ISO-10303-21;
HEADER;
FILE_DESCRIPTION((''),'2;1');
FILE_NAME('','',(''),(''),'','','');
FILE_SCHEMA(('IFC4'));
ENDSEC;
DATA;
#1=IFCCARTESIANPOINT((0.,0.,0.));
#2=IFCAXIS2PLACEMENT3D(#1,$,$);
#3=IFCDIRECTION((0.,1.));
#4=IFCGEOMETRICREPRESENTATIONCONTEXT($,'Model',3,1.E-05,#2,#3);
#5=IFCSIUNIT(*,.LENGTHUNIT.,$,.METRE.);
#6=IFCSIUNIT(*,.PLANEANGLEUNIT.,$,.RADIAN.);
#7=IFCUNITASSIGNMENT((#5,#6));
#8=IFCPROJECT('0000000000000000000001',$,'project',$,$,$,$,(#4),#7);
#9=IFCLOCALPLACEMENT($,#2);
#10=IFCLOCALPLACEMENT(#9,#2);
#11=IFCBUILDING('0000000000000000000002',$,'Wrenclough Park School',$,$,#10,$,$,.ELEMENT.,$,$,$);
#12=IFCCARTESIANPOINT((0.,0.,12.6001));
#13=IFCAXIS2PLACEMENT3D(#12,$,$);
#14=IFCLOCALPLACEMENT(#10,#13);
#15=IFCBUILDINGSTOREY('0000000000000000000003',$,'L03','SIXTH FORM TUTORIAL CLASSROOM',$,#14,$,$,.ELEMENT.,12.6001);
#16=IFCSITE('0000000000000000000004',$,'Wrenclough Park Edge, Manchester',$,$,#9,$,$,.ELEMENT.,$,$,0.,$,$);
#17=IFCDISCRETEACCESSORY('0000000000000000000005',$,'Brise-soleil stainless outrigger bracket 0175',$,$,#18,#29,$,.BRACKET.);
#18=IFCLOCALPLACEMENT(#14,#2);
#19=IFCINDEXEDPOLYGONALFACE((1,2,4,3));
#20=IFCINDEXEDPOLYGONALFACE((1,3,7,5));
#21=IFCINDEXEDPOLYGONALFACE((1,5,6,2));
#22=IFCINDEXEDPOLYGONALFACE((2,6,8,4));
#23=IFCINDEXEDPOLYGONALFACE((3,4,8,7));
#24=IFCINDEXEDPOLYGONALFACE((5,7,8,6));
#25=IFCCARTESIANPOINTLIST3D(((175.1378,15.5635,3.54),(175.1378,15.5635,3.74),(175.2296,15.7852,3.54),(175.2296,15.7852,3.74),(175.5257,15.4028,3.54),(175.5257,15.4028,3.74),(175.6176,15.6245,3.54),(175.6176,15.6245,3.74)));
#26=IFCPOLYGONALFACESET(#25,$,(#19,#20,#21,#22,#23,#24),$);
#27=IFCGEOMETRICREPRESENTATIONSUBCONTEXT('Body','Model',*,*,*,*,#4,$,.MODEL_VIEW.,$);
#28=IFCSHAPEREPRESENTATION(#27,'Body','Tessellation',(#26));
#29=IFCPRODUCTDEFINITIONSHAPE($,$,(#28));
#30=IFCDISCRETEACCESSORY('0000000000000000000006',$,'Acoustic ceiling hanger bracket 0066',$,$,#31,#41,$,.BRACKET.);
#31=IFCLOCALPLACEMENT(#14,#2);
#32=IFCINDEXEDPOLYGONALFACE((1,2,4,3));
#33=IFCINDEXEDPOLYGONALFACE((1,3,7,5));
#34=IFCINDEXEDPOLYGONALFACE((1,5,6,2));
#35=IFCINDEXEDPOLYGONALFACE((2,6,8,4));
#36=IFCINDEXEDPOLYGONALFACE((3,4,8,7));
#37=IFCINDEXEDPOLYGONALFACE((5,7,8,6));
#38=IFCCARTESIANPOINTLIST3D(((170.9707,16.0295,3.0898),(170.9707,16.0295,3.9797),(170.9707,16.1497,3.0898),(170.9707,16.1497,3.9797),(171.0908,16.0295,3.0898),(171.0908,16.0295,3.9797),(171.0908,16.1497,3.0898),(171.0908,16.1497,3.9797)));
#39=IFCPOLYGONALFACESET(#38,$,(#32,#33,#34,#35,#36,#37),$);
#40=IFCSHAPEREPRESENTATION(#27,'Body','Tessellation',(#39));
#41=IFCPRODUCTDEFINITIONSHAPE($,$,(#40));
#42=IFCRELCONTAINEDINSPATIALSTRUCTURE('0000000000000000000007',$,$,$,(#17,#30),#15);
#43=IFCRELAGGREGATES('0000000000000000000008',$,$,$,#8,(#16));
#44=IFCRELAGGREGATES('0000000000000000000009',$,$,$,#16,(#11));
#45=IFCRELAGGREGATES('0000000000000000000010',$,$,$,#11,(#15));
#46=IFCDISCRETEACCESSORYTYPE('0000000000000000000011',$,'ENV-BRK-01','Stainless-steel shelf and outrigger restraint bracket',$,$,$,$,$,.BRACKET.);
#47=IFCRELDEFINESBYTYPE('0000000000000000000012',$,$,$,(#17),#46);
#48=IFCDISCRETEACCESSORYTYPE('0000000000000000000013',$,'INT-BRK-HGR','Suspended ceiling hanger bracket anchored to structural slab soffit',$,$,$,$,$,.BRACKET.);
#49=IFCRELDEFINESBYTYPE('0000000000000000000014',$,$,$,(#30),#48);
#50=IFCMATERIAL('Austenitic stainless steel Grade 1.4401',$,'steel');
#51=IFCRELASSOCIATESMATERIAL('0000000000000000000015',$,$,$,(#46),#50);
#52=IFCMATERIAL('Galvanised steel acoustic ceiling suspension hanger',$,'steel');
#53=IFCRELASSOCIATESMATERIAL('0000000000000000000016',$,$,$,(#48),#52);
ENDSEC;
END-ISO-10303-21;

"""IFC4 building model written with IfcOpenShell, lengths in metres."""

from ifc_helpers import new_model, si_unit, direction, frame, origin, origin_2d, place, context, subcontext, project, spatial, rectangle, extrude, material, type_object, element, save


model = new_model("IFC4")

# Units and contexts
model_context = context("Model", 3, precision=1e-05, world=origin(), true_north=direction((0.0, 1.0)))
body_context = subcontext(model_context, "Body", "Model", "MODEL_VIEW")
ifc_project = project(units=[si_unit("LENGTHUNIT", "METRE"), si_unit("PLANEANGLEUNIT", "RADIAN")], contexts=[model_context])

# Site, building, storey
site_placement = place(None, origin())
site = spatial("IfcSite", under=ifc_project, at=site_placement, Name="Wrenclough Park Edge, Manchester", CompositionType="ELEMENT", RefElevation=0.0)
building_placement = place(site_placement, origin())
building = spatial("IfcBuilding", under=site, at=building_placement, Name="Wrenclough Park School", CompositionType="ELEMENT")
storey_placement = place(building_placement, frame((0.0, 0.0, 12.6001)))
storey = spatial("IfcBuildingStorey", under=building, at=storey_placement, Name="L03", Description="SIXTH FORM TUTORIAL CLASSROOM", CompositionType="ELEMENT", Elevation=12.6001)

# Discrete accessories
ifc_material_1 = material(Name="Austenitic stainless steel Grade 1.4401", Category="steel")
discrete_accessory_type_1 = type_object("IfcDiscreteAccessoryType", Name="ENV-BRK-01", Description="Stainless-steel shelf and outrigger restraint bracket", PredefinedType="BRACKET", material=ifc_material_1)
for number, where, z_axis, x_axis, name in (
    (1, (175.3777, 15.594, 3.54), (0.0, 0.0, 1.0), (0.382684, 0.923879, 0.0), "Brise-soleil stainless outrigger bracket 0175"),
):
    element("IfcDiscreteAccessory", number, at=place(storey_placement, frame(where, z_axis=z_axis, x_axis=x_axis)), inside=storey, type_object=discrete_accessory_type_1, Name=name, PredefinedType="BRACKET", context=body_context, shape_type="SweptSolid", body=[
        extrude(rectangle(XDim=0.24, YDim=0.4199, at=origin_2d()), origin(), (0.0, 0.0, 1.0), 0.2),
    ])
ifc_material_2 = material(Name="Galvanised steel acoustic ceiling suspension hanger", Category="steel")
discrete_accessory_type_2 = type_object("IfcDiscreteAccessoryType", Name="INT-BRK-HGR", Description="Suspended ceiling hanger bracket anchored to structural slab soffit", PredefinedType="BRACKET", material=ifc_material_2)
discrete_accessory_placement = place(storey_placement, frame((171.0308, 16.0896, 3.0898), z_axis=(0.0, 0.0, 1.0), x_axis=(1.0, 0.0, 0.0)))
element("IfcDiscreteAccessory", 2, at=discrete_accessory_placement, inside=storey, type_object=discrete_accessory_type_2, Name="Acoustic ceiling hanger bracket 0066", PredefinedType="BRACKET", context=body_context, shape_type="SweptSolid", body=[
    extrude(rectangle(XDim=0.1201, YDim=0.1201, at=origin_2d()), origin(), (0.0, 0.0, 1.0), 0.8899),
])

save(model, "model.ifc")
